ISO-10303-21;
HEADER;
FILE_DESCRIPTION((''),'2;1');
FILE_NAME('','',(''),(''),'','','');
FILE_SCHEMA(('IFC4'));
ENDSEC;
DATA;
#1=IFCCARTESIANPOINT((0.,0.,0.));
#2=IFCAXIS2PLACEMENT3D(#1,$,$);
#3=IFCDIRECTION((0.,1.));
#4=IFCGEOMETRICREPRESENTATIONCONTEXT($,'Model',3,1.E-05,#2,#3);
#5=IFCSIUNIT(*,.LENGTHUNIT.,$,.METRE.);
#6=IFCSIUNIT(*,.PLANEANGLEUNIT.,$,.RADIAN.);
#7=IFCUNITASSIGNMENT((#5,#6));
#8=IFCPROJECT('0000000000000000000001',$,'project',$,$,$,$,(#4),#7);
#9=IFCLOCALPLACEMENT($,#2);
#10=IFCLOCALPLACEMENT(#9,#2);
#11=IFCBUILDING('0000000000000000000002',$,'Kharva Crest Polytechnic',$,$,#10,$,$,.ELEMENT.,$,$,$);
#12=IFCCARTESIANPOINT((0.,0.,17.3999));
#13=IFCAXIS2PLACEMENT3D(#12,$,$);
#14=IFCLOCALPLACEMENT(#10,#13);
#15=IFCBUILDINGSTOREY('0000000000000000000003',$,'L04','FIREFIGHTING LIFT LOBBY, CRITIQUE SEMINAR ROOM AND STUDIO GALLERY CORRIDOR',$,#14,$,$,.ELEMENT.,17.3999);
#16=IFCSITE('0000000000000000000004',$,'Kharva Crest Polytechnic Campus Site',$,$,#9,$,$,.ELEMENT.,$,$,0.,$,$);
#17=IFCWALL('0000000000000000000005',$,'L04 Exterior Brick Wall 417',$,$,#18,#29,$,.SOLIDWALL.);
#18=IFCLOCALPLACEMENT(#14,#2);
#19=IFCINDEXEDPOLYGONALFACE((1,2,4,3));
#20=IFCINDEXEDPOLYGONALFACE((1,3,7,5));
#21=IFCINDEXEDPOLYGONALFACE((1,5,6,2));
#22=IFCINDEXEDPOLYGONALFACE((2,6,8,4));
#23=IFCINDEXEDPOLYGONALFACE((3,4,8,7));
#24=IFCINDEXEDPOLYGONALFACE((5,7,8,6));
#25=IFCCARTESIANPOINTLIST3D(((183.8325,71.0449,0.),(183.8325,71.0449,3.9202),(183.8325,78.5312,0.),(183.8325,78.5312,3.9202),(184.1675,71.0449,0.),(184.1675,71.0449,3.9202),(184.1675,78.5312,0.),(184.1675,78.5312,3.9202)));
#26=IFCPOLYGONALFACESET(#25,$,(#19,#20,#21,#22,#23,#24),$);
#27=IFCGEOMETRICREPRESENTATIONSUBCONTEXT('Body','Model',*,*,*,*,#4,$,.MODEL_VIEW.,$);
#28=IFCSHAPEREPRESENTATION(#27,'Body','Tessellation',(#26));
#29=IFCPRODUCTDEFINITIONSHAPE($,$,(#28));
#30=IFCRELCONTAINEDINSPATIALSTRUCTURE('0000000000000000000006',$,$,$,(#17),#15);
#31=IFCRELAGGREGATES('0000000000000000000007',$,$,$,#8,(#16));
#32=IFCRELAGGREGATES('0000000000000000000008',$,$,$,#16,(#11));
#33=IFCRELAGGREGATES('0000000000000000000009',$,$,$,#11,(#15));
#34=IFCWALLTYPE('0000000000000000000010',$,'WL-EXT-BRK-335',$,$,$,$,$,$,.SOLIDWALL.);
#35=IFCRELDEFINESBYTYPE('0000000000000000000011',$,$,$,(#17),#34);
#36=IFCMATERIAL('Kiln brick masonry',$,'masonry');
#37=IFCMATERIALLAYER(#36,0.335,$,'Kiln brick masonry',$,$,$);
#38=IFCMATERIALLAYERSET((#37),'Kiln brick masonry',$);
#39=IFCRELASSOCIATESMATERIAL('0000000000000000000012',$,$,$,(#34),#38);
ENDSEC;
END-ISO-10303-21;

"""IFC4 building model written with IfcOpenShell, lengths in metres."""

from ifc_helpers import new_model, si_unit, direction, frame, frame_2d, origin, place, context, subcontext, project, spatial, rectangle, extrude, material, layer, layer_set, type_object, element, save


model = new_model("IFC4")

# Units and contexts
model_context = context("Model", 3, precision=1e-05, world=origin(), true_north=direction((0.0, 1.0)))
body_context = subcontext(model_context, "Body", "Model", "MODEL_VIEW")
ifc_project = project(units=[si_unit("LENGTHUNIT", "METRE"), si_unit("PLANEANGLEUNIT", "RADIAN")], contexts=[model_context])

# Site, building, storey
site_placement = place(None, origin())
site = spatial("IfcSite", under=ifc_project, at=site_placement, Name="Kharva Crest Polytechnic Campus Site", CompositionType="ELEMENT", RefElevation=0.0)
building_placement = place(site_placement, origin())
building = spatial("IfcBuilding", under=site, at=building_placement, Name="Kharva Crest Polytechnic", CompositionType="ELEMENT")
storey_placement = place(building_placement, frame((0.0, 0.0, 17.3999)))
storey = spatial("IfcBuildingStorey", under=building, at=storey_placement, Name="L04", Description="FIREFIGHTING LIFT LOBBY, CRITIQUE SEMINAR ROOM AND STUDIO GALLERY CORRIDOR", CompositionType="ELEMENT", Elevation=17.3999)

# Wall
ifc_material_1 = material(Name="Kiln brick masonry", Category="masonry")
ifc_layer_1 = layer(ifc_material_1, 0.335, Name="Kiln brick masonry")
ifc_layer_set_1 = layer_set([ifc_layer_1], Name="Kiln brick masonry")
wall_type = type_object("IfcWallType", Name="WL-EXT-BRK-335", PredefinedType="SOLIDWALL", material=ifc_layer_set_1)
wall_placement = place(storey_placement, frame((184.0, 71.0449, 0.0), z_axis=(0.0, 0.0, 1.0), x_axis=(0.0, 1.0, 0.0)))
element("IfcWall", 1, at=wall_placement, inside=storey, type_object=wall_type, Name="L04 Exterior Brick Wall 417", PredefinedType="SOLIDWALL", context=body_context, shape_type="SweptSolid", body=[
    extrude(rectangle(XDim=7.4863, YDim=0.335, at=frame_2d((3.7432, 0.0))), origin(), (0.0, 0.0, 1.0), 3.9202),
])

save(model, "model.ifc")
